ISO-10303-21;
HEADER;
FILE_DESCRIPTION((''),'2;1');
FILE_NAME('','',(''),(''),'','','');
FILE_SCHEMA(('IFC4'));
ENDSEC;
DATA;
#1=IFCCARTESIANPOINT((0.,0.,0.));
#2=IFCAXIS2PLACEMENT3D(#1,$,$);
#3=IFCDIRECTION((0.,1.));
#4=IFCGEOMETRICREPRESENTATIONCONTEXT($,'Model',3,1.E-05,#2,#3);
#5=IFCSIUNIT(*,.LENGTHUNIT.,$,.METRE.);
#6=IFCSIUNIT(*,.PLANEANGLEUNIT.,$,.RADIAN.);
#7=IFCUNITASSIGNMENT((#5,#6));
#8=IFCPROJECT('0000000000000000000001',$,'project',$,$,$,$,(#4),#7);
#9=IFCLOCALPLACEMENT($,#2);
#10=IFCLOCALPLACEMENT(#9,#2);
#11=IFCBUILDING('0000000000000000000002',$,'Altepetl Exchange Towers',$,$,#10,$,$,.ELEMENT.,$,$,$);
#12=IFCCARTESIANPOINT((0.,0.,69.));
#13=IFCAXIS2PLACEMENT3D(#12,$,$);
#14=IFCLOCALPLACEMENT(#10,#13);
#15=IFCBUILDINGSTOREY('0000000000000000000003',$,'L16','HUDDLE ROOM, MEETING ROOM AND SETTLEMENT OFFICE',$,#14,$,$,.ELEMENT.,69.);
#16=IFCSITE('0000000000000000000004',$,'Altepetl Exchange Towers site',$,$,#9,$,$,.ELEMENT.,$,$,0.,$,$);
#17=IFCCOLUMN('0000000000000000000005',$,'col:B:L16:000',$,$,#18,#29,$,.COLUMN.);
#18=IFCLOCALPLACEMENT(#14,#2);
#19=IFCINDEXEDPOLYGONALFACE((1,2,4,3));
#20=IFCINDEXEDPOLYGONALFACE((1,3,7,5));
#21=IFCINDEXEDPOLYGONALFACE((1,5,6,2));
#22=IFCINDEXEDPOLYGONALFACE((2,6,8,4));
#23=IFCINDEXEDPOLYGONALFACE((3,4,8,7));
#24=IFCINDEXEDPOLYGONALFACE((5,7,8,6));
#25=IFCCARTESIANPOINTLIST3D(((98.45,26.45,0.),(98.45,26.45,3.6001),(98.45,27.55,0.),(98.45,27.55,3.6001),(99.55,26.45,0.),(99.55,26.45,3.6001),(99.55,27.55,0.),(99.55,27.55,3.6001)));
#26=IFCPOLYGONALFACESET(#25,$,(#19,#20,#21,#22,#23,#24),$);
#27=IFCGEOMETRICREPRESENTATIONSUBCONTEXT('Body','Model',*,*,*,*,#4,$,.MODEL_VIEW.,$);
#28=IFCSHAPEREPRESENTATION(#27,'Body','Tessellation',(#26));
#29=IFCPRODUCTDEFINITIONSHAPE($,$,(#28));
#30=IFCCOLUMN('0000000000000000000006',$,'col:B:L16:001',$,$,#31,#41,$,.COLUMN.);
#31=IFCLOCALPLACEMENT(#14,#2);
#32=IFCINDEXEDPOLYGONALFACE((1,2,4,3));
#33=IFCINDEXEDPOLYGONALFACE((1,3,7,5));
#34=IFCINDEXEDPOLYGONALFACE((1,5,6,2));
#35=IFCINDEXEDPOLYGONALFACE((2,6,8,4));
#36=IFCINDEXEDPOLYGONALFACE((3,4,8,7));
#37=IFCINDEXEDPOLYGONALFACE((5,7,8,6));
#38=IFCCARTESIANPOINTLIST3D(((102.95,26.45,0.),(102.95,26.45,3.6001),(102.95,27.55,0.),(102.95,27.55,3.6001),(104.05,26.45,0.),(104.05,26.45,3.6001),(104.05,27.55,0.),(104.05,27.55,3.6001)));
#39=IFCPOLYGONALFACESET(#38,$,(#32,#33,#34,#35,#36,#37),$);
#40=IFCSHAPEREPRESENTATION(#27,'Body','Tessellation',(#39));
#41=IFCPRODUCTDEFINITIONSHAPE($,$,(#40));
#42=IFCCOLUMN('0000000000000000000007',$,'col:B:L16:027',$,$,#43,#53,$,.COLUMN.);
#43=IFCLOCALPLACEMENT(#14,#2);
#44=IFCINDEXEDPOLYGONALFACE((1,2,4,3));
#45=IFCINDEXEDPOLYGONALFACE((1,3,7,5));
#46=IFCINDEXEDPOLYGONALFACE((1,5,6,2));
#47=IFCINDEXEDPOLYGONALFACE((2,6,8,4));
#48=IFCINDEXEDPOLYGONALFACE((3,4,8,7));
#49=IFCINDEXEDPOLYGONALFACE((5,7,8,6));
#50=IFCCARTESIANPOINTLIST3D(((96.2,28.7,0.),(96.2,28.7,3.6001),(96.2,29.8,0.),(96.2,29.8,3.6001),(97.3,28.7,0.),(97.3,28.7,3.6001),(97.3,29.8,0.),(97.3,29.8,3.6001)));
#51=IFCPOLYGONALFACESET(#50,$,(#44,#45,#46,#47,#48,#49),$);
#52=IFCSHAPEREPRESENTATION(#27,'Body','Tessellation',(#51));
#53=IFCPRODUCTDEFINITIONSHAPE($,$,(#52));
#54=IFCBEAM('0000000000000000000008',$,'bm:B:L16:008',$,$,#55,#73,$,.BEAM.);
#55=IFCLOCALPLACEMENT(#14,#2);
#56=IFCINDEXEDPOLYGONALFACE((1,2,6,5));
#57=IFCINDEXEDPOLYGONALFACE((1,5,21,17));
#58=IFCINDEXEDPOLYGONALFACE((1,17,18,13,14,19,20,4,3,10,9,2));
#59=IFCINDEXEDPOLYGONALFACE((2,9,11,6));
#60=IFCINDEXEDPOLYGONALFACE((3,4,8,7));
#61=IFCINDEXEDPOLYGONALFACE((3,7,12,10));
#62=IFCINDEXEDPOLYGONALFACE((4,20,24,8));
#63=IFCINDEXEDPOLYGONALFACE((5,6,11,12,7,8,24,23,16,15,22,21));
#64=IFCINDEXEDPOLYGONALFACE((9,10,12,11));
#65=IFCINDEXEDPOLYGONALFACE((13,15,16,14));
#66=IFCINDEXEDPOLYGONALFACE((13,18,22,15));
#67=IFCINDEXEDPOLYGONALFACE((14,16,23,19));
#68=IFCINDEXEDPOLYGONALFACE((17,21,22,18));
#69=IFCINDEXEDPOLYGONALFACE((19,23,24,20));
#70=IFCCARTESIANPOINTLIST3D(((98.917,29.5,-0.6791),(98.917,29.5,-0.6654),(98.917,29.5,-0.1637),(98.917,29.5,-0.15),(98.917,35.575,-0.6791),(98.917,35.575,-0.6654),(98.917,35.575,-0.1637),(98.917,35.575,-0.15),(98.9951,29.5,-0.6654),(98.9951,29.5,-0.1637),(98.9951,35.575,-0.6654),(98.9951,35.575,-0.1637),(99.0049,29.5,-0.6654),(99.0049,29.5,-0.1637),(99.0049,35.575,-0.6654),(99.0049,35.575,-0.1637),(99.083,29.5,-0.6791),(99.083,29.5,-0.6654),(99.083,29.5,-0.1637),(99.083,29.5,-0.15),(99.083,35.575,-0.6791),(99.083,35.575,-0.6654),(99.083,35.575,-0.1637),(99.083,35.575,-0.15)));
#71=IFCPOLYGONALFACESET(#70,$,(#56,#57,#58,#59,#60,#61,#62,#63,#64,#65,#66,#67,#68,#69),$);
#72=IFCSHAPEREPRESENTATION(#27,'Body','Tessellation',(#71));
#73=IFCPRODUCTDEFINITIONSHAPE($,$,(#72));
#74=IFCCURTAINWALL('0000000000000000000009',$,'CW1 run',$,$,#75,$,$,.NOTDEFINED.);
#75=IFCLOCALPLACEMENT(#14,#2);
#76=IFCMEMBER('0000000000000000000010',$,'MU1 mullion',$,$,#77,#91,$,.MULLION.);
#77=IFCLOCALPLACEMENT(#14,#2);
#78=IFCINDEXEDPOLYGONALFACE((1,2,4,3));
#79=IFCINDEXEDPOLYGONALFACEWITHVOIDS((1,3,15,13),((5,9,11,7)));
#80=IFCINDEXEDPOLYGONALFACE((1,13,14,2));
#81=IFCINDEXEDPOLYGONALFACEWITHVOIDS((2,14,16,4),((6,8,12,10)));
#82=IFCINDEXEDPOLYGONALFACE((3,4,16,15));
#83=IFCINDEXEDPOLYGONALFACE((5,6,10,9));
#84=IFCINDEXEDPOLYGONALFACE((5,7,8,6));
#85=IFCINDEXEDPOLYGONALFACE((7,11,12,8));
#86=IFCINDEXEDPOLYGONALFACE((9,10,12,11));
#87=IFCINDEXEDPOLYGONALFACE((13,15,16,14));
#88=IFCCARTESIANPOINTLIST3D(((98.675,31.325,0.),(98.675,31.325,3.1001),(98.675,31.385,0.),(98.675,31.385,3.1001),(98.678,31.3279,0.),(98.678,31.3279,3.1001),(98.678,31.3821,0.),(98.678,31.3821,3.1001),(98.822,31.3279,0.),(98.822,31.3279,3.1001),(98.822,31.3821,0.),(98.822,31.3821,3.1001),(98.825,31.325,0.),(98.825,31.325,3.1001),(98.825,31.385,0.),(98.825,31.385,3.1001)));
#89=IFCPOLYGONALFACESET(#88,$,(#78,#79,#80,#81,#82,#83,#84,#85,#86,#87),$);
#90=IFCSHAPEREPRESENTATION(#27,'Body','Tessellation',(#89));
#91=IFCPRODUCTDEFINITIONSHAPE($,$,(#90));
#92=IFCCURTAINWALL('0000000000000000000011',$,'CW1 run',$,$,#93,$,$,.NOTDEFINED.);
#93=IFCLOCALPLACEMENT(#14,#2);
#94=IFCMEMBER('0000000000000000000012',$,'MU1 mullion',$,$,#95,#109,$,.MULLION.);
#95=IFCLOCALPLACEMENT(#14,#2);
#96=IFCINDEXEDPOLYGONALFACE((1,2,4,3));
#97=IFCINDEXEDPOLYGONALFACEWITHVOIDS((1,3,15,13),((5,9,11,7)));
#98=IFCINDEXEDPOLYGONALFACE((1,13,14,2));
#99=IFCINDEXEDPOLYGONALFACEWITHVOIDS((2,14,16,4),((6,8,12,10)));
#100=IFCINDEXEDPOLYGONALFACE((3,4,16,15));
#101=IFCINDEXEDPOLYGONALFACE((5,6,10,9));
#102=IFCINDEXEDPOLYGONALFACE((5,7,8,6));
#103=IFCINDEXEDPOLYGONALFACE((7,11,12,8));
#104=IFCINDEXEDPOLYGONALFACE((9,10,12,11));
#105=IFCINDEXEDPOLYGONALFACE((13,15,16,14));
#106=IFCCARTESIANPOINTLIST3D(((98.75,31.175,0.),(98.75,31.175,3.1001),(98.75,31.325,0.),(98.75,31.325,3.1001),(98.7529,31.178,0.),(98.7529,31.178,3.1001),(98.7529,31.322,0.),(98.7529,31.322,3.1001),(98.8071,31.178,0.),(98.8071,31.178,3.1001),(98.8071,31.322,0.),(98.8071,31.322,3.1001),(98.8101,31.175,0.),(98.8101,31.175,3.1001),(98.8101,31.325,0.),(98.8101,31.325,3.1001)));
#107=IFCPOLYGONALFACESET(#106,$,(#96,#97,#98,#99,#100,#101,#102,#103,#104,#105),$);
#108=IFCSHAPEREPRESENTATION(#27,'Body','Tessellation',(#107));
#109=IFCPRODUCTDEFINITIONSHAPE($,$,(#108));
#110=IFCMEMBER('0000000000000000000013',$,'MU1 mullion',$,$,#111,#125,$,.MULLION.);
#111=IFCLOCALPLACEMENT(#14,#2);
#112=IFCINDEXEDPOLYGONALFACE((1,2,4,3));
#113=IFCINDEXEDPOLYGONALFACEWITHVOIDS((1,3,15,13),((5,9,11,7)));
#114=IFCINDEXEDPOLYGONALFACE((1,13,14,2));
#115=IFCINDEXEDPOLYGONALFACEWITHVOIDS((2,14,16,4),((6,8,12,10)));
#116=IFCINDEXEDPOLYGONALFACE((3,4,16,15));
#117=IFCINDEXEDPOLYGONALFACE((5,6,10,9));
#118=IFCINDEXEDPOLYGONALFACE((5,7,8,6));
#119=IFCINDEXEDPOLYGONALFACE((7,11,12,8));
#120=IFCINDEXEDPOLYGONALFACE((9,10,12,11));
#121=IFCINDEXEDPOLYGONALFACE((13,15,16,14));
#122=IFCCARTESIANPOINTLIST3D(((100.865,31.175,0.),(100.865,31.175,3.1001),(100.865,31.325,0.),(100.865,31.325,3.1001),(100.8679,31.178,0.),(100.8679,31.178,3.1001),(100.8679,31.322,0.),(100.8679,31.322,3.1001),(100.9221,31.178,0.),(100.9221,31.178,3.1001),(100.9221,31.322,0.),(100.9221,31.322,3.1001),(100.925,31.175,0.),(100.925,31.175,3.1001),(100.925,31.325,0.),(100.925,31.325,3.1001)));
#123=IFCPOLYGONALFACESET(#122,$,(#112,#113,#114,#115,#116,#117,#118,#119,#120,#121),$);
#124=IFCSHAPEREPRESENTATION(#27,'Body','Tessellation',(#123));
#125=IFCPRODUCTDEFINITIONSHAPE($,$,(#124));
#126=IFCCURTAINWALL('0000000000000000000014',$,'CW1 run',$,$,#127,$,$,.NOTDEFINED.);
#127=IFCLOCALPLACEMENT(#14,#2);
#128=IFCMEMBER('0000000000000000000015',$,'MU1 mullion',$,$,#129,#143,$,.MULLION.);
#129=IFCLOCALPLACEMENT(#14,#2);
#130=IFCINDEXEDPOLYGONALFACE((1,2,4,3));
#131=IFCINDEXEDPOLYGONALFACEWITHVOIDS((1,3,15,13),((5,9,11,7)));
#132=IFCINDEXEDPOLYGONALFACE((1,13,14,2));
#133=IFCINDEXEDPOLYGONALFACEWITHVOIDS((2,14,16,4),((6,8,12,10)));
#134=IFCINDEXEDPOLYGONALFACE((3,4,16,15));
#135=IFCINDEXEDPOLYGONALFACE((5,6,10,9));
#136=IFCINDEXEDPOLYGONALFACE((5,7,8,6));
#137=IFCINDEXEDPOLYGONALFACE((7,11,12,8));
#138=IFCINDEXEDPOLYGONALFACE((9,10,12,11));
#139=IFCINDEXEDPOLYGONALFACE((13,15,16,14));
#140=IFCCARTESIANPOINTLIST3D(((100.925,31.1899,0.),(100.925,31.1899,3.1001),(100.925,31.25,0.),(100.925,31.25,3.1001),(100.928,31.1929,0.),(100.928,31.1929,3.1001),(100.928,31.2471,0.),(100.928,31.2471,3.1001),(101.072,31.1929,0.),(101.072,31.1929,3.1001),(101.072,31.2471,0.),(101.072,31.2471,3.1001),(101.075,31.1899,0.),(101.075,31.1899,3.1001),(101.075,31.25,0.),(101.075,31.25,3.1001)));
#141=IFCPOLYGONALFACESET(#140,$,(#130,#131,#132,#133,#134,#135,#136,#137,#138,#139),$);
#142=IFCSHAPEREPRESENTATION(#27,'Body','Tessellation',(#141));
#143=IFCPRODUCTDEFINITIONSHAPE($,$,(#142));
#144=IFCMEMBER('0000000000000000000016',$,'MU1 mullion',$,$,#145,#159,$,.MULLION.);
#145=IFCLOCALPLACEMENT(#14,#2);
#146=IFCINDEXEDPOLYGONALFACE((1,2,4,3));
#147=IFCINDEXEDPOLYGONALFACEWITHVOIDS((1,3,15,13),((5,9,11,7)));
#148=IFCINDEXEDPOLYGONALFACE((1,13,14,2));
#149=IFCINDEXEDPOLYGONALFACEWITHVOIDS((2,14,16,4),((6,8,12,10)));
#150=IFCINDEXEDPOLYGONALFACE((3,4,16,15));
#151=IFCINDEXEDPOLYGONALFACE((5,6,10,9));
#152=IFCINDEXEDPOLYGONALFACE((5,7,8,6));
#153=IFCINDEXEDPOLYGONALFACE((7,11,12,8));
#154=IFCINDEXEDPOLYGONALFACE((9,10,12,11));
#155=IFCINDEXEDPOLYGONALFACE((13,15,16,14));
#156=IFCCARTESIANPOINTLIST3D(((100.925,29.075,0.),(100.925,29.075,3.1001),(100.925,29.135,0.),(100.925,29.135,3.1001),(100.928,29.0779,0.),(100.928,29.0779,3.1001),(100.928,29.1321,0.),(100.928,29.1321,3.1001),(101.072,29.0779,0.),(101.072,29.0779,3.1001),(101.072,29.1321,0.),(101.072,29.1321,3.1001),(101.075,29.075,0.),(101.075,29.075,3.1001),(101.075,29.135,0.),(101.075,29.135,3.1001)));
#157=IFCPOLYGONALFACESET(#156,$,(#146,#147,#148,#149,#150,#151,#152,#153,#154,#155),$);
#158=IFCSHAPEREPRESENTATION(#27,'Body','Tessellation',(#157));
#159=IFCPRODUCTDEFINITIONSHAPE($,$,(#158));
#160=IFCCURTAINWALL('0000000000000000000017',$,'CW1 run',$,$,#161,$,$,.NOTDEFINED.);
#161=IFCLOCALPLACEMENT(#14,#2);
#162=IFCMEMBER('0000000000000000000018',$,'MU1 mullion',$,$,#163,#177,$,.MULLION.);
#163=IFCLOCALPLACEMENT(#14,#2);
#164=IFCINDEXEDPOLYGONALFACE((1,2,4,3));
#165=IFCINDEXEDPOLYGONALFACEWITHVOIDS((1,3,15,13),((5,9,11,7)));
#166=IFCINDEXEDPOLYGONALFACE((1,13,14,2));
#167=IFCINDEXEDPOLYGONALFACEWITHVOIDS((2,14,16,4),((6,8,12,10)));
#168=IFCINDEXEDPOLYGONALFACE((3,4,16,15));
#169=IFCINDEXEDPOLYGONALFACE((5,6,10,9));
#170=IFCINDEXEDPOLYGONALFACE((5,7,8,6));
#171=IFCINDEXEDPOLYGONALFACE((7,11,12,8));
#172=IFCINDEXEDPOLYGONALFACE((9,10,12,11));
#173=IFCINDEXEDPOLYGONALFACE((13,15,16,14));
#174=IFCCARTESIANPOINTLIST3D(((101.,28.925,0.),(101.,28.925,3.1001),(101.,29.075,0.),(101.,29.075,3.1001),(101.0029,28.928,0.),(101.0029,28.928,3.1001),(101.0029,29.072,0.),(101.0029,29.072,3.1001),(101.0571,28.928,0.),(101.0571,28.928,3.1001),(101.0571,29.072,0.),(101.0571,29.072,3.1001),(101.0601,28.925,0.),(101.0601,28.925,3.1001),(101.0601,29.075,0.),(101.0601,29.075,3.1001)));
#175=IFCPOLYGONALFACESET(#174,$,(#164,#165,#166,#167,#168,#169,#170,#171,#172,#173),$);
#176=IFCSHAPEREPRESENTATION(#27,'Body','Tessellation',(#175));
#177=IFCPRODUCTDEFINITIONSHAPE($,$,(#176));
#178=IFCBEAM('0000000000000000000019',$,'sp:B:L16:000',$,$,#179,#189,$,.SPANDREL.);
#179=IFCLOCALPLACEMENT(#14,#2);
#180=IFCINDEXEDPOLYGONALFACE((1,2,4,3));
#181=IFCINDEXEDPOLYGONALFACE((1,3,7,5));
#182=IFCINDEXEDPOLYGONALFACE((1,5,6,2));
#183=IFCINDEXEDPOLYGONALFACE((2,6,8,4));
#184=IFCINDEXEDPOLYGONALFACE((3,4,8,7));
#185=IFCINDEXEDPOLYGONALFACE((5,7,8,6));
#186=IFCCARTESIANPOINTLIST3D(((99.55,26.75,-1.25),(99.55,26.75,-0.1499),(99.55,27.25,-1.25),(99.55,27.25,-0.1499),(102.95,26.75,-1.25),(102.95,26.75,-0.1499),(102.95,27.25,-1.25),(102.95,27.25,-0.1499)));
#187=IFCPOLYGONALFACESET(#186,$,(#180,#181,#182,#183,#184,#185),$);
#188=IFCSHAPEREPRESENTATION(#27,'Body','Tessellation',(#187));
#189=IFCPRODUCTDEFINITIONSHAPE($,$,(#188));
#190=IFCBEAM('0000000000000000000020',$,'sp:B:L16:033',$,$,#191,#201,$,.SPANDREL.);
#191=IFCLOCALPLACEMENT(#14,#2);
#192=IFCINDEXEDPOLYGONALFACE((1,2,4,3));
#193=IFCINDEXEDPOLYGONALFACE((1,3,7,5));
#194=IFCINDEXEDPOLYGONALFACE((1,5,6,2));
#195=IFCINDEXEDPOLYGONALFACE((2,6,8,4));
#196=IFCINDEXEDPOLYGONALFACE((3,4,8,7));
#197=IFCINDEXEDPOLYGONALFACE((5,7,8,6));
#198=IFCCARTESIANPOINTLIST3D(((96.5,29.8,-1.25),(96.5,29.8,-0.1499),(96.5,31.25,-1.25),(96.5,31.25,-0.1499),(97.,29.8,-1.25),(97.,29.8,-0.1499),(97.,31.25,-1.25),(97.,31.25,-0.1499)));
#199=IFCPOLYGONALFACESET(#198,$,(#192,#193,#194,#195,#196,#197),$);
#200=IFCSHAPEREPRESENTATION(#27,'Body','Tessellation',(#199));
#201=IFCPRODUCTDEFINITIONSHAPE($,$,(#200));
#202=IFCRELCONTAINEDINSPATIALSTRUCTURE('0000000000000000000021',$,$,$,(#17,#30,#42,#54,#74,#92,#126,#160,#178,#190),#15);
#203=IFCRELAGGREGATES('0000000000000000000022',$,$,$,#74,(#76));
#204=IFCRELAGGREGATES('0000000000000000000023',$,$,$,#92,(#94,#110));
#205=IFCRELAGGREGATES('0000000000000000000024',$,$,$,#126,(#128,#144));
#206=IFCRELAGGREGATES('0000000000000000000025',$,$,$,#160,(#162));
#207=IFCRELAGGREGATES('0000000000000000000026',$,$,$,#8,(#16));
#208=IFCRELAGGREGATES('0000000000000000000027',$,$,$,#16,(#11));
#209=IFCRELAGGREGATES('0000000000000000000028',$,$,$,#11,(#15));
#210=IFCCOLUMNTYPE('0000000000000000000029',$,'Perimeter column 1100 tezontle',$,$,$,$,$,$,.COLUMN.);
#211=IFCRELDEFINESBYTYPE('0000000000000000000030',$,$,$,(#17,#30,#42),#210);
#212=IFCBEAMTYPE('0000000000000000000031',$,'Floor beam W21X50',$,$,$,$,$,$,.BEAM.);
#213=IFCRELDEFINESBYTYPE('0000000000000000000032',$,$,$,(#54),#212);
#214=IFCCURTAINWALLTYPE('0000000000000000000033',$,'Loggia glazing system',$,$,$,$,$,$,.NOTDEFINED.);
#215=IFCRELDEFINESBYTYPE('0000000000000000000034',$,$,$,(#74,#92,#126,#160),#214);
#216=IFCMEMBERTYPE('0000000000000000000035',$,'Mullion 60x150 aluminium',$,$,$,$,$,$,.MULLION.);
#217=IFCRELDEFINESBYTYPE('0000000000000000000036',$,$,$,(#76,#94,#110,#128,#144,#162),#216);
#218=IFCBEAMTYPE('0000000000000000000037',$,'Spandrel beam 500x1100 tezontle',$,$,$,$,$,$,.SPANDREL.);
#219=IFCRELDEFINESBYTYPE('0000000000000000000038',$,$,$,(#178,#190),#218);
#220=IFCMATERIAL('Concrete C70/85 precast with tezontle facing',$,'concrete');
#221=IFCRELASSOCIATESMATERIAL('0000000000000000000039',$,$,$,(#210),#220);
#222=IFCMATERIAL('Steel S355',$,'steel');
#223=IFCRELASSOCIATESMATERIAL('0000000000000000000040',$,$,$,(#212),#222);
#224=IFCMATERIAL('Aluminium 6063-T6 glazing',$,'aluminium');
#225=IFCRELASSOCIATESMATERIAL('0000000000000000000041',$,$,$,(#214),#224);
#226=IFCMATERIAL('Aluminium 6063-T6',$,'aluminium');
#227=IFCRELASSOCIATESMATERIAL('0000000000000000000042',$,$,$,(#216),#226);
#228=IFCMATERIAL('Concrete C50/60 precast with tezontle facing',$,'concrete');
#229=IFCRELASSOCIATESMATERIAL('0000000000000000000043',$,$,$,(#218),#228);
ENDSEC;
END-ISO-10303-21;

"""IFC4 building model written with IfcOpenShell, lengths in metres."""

from ifc_helpers import new_model, si_unit, direction, frame, origin, origin_2d, place, context, subcontext, project, spatial, rectangle, hollow_rectangle, i_section, extrude, material, material_profile, profile_set, type_object, element, aggregate, save


model = new_model("IFC4")

# Units and contexts
model_context = context("Model", 3, precision=1e-05, world=origin(), true_north=direction((0.0, 1.0)))
body_context = subcontext(model_context, "Body", "Model", "MODEL_VIEW")
ifc_project = project(units=[si_unit("LENGTHUNIT", "METRE"), si_unit("PLANEANGLEUNIT", "RADIAN")], contexts=[model_context])

# Site, building, storey
site_placement = place(None, origin())
site = spatial("IfcSite", under=ifc_project, at=site_placement, Name="Altepetl Exchange Towers site", CompositionType="ELEMENT", RefElevation=0.0)
building_placement = place(site_placement, origin())
building = spatial("IfcBuilding", under=site, at=building_placement, Name="Altepetl Exchange Towers", CompositionType="ELEMENT")
storey_placement = place(building_placement, frame((0.0, 0.0, 69.0)))
storey = spatial("IfcBuildingStorey", under=building, at=storey_placement, Name="L16", Description="HUDDLE ROOM, MEETING ROOM AND SETTLEMENT OFFICE", CompositionType="ELEMENT", Elevation=69.0)

# Columns
ifc_material_1 = material(Name="Concrete C70/85 precast with tezontle facing", Category="concrete")
ifc_material_profile_1 = material_profile(ifc_material_1, rectangle(XDim=1.1001, YDim=1.1001, at=origin_2d()), Name="1100 x 1100")
ifc_profile_set_1 = profile_set([ifc_material_profile_1], Name="Concrete C70/85 precast with tezontle facing")
column_type = type_object("IfcColumnType", Name="Perimeter column 1100 tezontle", PredefinedType="COLUMN", material=ifc_profile_set_1)
for number, where, name in (
    (1, (99.0, 27.0, 0.0), "col:B:L16:000"),
    (2, (103.5, 27.0, 0.0), "col:B:L16:001"),
    (3, (96.75, 29.25, 0.0), "col:B:L16:027"),
):
    element("IfcColumn", number, at=place(storey_placement, frame(where)), inside=storey, type_object=column_type, Name=name, PredefinedType="COLUMN", context=body_context, shape_type="SweptSolid", body=[
        extrude(rectangle(XDim=1.1001, YDim=1.1001, at=origin_2d()), origin(), (0.0, 0.0, 1.0), 3.6001),
    ])

# Beam
ifc_material_2 = material(Name="Steel S355", Category="steel")
ifc_material_profile_2 = material_profile(ifc_material_2, i_section(OverallWidth=0.166, OverallDepth=0.5291, WebThickness=0.0098, FlangeThickness=0.0137, at=origin_2d()), Name="W21X50")
ifc_profile_set_2 = profile_set([ifc_material_profile_2], Name="Steel S355")
beam_type_1 = type_object("IfcBeamType", Name="Floor beam W21X50", PredefinedType="BEAM", material=ifc_profile_set_2)
beam_1_placement = place(storey_placement, frame((99.0, 29.5, -0.4146), z_axis=(0.0, 1.0, 0.0), x_axis=(-1.0, 0.0, 0.0)))
element("IfcBeam", 4, at=beam_1_placement, inside=storey, type_object=beam_type_1, Name="bm:B:L16:008", PredefinedType="BEAM", context=body_context, shape_type="SweptSolid", body=[
    extrude(i_section(OverallWidth=0.166, OverallDepth=0.5291, WebThickness=0.0098, FlangeThickness=0.0137, at=origin_2d()), origin(), (0.0, 0.0, 1.0), 6.075),
])

# Curtain wall, member
ifc_material_3 = material(Name="Aluminium 6063-T6 glazing", Category="aluminium")
curtain_wall_type = type_object("IfcCurtainWallType", Name="Loggia glazing system", PredefinedType="NOTDEFINED", material=ifc_material_3)
curtain_wall_1_placement = place(storey_placement, origin())
curtain_wall_1 = element("IfcCurtainWall", 5, at=curtain_wall_1_placement, inside=storey, type_object=curtain_wall_type, Name="CW1 run", PredefinedType="NOTDEFINED")
ifc_material_4 = material(Name="Aluminium 6063-T6", Category="aluminium")
ifc_material_profile_3 = material_profile(ifc_material_4, hollow_rectangle(XDim=0.0601, YDim=0.1499, WallThickness=0.0029, at=origin_2d()), Name="Mullion 60x150 aluminium")
ifc_profile_set_3 = profile_set([ifc_material_profile_3], Name="Aluminium 6063-T6")
member_type = type_object("IfcMemberType", Name="Mullion 60x150 aluminium", PredefinedType="MULLION", material=ifc_profile_set_3)
member_1_placement = place(storey_placement, frame((98.75, 31.355, 0.0), z_axis=(0.0, 0.0, 1.0), x_axis=(0.0, -1.0, 0.0)))
member_1 = element("IfcMember", 6, at=member_1_placement, type_object=member_type, Name="MU1 mullion", PredefinedType="MULLION", context=body_context, shape_type="SweptSolid", body=[
    extrude(hollow_rectangle(XDim=0.0601, YDim=0.1499, WallThickness=0.0029, at=origin_2d()), origin(), (0.0, 0.0, 1.0), 3.1001),
])

# Curtain walls, members
curtain_wall_2_placement = place(storey_placement, origin())
curtain_wall_2 = element("IfcCurtainWall", 7, at=curtain_wall_2_placement, inside=storey, type_object=curtain_wall_type, Name="CW1 run", PredefinedType="NOTDEFINED")
member_2_placement = place(storey_placement, frame((98.78, 31.25, 0.0)))
member_2 = element("IfcMember", 8, at=member_2_placement, type_object=member_type, Name="MU1 mullion", PredefinedType="MULLION", context=body_context, shape_type="SweptSolid", body=[
    extrude(hollow_rectangle(XDim=0.0601, YDim=0.1499, WallThickness=0.0029, at=origin_2d()), origin(), (0.0, 0.0, 1.0), 3.1001),
])
member_3_placement = place(storey_placement, frame((100.895, 31.25, 0.0)))
member_3 = element("IfcMember", 9, at=member_3_placement, type_object=member_type, Name="MU1 mullion", PredefinedType="MULLION", context=body_context, shape_type="SweptSolid", body=[
    extrude(hollow_rectangle(XDim=0.0601, YDim=0.1499, WallThickness=0.0029, at=origin_2d()), origin(), (0.0, 0.0, 1.0), 3.1001),
])
curtain_wall_3_placement = place(storey_placement, origin())
curtain_wall_3 = element("IfcCurtainWall", 10, at=curtain_wall_3_placement, inside=storey, type_object=curtain_wall_type, Name="CW1 run", PredefinedType="NOTDEFINED")
member_4_placement = place(storey_placement, frame((101.0, 31.22, 0.0), z_axis=(0.0, 0.0, 1.0), x_axis=(0.0, -1.0, 0.0)))
member_4 = element("IfcMember", 11, at=member_4_placement, type_object=member_type, Name="MU1 mullion", PredefinedType="MULLION", context=body_context, shape_type="SweptSolid", body=[
    extrude(hollow_rectangle(XDim=0.0601, YDim=0.1499, WallThickness=0.0029, at=origin_2d()), origin(), (0.0, 0.0, 1.0), 3.1001),
])
member_5_placement = place(storey_placement, frame((101.0, 29.105, 0.0), z_axis=(0.0, 0.0, 1.0), x_axis=(0.0, -1.0, 0.0)))
member_5 = element("IfcMember", 12, at=member_5_placement, type_object=member_type, Name="MU1 mullion", PredefinedType="MULLION", context=body_context, shape_type="SweptSolid", body=[
    extrude(hollow_rectangle(XDim=0.0601, YDim=0.1499, WallThickness=0.0029, at=origin_2d()), origin(), (0.0, 0.0, 1.0), 3.1001),
])

# Curtain wall, member
curtain_wall_4_placement = place(storey_placement, origin())
curtain_wall_4 = element("IfcCurtainWall", 13, at=curtain_wall_4_placement, inside=storey, type_object=curtain_wall_type, Name="CW1 run", PredefinedType="NOTDEFINED")
member_6_placement = place(storey_placement, frame((101.03, 29.0, 0.0)))
member_6 = element("IfcMember", 14, at=member_6_placement, type_object=member_type, Name="MU1 mullion", PredefinedType="MULLION", context=body_context, shape_type="SweptSolid", body=[
    extrude(hollow_rectangle(XDim=0.0601, YDim=0.1499, WallThickness=0.0029, at=origin_2d()), origin(), (0.0, 0.0, 1.0), 3.1001),
])

# Beams
ifc_material_5 = material(Name="Concrete C50/60 precast with tezontle facing", Category="concrete")
ifc_material_profile_4 = material_profile(ifc_material_5, rectangle(XDim=0.5, YDim=1.1001, at=origin_2d()), Name="500 x 1100")
ifc_profile_set_4 = profile_set([ifc_material_profile_4], Name="Concrete C50/60 precast with tezontle facing")
beam_type_2 = type_object("IfcBeamType", Name="Spandrel beam 500x1100 tezontle", PredefinedType="SPANDREL", material=ifc_profile_set_4)
beam_2_placement = place(storey_placement, frame((99.55, 27.0, -0.7), z_axis=(1.0, 0.0, 0.0), x_axis=(0.0, 1.0, 0.0)))
element("IfcBeam", 15, at=beam_2_placement, inside=storey, type_object=beam_type_2, Name="sp:B:L16:000", PredefinedType="SPANDREL", context=body_context, shape_type="SweptSolid", body=[
    extrude(rectangle(XDim=0.5, YDim=1.1001, at=origin_2d()), origin(), (0.0, 0.0, 1.0), 3.3999),
])
beam_3_placement = place(storey_placement, frame((96.75, 31.25, -0.7), z_axis=(0.0, -1.0, 0.0), x_axis=(1.0, 0.0, 0.0)))
element("IfcBeam", 16, at=beam_3_placement, inside=storey, type_object=beam_type_2, Name="sp:B:L16:033", PredefinedType="SPANDREL", context=body_context, shape_type="SweptSolid", body=[
    extrude(rectangle(XDim=0.5, YDim=1.1001, at=origin_2d()), origin(), (0.0, 0.0, 1.0), 1.45),
])

aggregate(curtain_wall_1, [member_1])
aggregate(curtain_wall_2, [member_2, member_3])
aggregate(curtain_wall_3, [member_4, member_5])
aggregate(curtain_wall_4, [member_6])

save(model, "model.ifc")
